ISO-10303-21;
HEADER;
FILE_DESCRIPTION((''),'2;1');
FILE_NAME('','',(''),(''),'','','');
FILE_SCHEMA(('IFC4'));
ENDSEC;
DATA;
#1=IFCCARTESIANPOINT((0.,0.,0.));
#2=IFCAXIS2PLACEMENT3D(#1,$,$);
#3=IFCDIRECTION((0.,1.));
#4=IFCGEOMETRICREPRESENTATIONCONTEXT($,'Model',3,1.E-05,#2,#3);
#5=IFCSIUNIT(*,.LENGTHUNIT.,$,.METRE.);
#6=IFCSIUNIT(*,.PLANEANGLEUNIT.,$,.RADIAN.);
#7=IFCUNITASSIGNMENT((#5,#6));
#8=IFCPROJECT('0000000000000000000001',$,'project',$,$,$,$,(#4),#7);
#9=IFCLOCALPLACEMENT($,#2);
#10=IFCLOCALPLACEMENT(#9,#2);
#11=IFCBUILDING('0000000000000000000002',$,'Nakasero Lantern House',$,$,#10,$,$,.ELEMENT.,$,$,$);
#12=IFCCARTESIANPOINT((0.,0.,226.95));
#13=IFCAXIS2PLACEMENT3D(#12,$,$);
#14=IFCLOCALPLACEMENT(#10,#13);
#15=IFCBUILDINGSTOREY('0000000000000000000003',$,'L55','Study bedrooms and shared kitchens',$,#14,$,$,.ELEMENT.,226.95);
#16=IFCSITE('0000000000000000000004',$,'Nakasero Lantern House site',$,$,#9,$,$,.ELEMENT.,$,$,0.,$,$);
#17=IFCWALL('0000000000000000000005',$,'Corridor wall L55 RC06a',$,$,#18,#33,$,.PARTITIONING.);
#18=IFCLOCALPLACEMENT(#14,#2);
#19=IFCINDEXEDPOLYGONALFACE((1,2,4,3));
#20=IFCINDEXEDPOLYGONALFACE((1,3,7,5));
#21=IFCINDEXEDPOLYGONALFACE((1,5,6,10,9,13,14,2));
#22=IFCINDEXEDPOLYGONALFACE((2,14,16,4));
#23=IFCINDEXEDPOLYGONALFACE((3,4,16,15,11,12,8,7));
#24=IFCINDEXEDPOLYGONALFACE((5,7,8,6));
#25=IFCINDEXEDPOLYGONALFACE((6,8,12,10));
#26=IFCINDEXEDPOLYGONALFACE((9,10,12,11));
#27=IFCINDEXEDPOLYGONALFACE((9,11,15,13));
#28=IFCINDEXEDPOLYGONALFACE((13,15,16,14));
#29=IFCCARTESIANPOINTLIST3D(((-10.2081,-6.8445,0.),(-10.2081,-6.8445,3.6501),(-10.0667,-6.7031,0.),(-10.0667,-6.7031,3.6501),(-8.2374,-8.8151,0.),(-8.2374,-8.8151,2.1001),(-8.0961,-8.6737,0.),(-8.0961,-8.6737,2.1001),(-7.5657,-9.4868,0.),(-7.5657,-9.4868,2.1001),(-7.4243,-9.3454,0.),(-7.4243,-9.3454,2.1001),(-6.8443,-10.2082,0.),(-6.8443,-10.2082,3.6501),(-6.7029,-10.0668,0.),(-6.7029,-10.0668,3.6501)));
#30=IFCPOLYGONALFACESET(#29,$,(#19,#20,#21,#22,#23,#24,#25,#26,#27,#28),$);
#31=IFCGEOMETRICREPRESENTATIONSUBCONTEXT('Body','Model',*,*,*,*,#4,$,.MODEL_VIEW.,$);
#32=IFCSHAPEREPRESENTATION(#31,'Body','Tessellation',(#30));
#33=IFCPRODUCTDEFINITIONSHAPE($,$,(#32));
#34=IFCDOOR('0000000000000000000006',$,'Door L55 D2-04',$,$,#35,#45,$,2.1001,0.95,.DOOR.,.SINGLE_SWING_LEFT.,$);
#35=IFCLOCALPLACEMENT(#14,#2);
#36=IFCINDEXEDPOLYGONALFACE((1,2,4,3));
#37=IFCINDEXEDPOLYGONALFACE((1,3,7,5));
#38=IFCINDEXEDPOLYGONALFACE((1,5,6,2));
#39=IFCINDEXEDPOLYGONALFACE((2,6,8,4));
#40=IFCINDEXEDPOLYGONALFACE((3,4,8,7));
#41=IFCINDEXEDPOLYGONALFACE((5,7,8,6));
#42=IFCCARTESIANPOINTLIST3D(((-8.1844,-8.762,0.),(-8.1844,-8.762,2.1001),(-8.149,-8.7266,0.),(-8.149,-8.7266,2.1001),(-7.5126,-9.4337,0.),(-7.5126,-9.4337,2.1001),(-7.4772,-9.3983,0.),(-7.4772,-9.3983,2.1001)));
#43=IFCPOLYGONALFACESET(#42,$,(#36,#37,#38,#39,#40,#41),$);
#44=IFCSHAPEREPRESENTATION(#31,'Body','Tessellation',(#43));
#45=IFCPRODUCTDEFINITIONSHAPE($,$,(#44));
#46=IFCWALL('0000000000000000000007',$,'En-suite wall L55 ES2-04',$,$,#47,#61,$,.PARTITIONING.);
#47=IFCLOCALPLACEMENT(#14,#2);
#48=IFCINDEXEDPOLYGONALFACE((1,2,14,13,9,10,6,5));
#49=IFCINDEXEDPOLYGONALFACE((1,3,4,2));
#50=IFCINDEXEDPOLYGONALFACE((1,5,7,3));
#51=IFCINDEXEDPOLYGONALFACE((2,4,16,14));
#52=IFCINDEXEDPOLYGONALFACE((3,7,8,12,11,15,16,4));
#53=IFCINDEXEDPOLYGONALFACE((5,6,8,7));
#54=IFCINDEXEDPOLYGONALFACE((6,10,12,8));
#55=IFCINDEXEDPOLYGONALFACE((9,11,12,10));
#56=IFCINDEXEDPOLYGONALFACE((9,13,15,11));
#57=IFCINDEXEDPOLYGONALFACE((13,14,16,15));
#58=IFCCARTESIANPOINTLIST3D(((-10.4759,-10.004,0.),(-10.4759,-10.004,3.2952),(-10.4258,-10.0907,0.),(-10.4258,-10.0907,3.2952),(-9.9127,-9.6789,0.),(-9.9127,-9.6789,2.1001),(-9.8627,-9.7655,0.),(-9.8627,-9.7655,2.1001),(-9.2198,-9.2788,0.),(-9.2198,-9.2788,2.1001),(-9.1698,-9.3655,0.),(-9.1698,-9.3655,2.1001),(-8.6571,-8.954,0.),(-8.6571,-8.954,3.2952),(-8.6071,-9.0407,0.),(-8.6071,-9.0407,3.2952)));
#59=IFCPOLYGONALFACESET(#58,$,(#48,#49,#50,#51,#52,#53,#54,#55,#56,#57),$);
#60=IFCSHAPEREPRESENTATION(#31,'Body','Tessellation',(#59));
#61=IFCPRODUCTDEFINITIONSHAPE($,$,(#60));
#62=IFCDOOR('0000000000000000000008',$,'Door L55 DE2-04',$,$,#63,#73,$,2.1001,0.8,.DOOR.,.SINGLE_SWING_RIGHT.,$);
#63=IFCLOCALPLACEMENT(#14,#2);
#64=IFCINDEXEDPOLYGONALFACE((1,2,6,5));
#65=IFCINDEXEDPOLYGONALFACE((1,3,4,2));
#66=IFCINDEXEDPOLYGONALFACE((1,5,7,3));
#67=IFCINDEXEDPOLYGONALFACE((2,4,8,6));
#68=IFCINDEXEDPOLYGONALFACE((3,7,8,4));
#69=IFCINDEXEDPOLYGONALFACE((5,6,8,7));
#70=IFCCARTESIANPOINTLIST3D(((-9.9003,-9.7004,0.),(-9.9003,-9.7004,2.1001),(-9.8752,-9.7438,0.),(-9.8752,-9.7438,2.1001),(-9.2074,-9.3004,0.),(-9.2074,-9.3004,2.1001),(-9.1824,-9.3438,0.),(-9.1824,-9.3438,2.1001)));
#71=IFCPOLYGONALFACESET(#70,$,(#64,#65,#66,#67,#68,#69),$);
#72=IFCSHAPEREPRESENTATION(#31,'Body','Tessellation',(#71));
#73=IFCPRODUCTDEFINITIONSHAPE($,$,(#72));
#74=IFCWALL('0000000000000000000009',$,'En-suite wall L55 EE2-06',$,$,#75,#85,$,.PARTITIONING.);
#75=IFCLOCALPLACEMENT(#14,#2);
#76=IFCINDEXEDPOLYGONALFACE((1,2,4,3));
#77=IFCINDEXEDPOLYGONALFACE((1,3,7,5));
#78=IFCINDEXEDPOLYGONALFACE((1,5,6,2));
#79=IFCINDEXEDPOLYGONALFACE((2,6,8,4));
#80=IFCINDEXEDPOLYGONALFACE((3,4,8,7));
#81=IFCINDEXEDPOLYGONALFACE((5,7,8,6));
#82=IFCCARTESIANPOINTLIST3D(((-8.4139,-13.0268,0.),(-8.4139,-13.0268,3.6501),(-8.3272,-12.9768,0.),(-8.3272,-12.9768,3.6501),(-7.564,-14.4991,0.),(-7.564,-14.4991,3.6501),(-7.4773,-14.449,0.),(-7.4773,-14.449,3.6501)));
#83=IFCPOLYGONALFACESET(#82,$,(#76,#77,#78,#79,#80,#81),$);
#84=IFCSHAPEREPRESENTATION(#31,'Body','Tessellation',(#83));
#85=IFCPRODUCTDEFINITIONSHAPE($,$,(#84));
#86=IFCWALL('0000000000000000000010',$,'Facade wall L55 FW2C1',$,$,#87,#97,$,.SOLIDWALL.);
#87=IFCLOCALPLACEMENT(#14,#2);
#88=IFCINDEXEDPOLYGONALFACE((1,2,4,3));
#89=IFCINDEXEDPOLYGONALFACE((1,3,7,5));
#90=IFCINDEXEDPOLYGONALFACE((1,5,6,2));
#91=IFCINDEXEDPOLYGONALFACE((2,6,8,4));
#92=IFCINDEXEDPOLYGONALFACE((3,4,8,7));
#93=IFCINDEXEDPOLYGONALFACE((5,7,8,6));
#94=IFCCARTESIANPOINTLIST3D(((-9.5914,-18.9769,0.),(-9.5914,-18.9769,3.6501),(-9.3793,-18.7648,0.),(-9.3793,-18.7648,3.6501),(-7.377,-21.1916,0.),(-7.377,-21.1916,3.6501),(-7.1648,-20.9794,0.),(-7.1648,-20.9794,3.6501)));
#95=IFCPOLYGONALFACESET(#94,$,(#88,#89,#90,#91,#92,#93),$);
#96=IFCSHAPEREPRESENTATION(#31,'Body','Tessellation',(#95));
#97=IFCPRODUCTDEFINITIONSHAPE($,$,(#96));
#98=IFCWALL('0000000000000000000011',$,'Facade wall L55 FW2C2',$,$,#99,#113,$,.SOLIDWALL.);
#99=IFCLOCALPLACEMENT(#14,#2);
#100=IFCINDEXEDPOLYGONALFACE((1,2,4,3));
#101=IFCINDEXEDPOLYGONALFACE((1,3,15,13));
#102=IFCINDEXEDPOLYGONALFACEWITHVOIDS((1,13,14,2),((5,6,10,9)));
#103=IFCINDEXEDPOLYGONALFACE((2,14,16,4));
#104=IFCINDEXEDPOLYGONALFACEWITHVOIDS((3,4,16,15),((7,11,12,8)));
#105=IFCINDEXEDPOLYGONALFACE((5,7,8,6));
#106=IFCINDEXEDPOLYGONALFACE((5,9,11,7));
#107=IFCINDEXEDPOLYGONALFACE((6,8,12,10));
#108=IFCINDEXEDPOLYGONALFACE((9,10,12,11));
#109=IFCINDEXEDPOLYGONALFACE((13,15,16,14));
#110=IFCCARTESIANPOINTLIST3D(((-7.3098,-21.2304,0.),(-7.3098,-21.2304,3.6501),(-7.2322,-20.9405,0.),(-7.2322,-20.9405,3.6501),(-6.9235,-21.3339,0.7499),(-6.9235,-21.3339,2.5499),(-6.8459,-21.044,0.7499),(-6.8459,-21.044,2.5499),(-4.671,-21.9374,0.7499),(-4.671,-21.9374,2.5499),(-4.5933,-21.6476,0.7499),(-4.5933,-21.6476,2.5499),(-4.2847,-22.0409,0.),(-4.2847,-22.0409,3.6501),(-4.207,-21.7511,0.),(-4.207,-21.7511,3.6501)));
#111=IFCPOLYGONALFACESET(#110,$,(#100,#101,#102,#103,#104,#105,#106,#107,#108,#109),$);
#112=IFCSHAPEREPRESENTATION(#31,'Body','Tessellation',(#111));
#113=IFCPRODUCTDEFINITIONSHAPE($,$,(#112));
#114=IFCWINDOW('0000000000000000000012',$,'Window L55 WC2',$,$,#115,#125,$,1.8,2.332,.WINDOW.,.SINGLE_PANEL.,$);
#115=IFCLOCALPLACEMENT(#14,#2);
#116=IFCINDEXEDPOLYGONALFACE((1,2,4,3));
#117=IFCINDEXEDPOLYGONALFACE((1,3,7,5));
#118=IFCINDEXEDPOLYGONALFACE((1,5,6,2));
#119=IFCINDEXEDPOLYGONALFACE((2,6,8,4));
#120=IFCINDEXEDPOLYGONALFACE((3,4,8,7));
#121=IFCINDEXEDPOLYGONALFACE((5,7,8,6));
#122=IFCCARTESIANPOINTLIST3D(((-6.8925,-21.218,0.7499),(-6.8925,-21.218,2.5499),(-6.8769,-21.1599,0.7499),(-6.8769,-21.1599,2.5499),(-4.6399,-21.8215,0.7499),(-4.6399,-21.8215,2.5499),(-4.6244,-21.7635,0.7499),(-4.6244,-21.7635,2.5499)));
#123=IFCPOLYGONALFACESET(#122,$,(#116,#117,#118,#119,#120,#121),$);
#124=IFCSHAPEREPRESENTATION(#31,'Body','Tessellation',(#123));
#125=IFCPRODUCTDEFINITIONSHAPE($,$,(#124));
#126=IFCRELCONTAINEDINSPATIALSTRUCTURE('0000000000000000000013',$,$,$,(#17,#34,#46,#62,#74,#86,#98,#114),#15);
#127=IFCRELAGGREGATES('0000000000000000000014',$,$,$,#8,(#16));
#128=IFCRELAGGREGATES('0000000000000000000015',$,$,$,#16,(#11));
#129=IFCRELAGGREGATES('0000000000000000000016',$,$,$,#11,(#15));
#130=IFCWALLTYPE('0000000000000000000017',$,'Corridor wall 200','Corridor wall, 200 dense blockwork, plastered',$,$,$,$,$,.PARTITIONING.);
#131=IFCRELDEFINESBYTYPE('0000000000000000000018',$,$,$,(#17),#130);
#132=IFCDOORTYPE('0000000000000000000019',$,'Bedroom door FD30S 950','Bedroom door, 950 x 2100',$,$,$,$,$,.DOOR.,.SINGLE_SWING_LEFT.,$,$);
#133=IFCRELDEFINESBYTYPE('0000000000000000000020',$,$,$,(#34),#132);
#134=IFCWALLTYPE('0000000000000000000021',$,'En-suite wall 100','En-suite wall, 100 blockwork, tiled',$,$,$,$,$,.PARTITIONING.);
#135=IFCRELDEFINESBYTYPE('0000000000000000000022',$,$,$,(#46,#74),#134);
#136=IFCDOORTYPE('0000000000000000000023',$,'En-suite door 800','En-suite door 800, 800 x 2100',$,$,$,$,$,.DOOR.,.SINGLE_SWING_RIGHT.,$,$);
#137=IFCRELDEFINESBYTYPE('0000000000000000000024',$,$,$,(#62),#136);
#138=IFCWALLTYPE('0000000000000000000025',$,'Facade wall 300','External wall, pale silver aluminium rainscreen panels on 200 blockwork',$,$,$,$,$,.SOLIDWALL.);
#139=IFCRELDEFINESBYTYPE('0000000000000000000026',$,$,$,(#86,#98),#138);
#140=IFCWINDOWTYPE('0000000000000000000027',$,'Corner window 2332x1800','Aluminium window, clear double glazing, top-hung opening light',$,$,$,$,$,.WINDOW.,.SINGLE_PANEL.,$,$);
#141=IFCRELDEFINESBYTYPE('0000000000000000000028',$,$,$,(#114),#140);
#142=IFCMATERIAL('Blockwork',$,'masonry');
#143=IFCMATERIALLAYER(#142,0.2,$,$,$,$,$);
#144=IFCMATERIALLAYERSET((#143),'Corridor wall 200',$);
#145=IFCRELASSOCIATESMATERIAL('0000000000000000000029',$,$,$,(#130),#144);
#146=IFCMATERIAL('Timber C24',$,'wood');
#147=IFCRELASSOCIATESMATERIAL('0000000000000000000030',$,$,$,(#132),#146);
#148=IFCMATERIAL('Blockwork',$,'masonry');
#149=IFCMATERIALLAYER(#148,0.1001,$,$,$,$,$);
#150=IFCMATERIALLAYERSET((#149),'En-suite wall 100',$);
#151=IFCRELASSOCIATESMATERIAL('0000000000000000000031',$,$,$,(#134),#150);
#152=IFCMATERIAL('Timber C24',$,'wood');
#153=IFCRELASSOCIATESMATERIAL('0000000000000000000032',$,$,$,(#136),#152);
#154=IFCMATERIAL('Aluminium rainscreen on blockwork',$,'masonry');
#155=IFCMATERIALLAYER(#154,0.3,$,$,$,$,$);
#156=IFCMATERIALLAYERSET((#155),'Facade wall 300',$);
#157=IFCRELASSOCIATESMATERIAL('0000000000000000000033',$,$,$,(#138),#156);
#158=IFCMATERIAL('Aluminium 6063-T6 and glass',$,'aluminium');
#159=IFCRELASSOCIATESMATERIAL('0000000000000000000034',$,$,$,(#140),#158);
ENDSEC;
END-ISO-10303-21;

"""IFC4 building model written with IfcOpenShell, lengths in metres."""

from ifc_helpers import new_model, si_unit, direction, frame, frame_2d, origin, place, context, subcontext, project, spatial, rectangle, extrude, material, layer, layer_set, type_object, element, fill, save


model = new_model("IFC4")

# Units and contexts
model_context = context("Model", 3, precision=1e-05, world=origin(), true_north=direction((0.0, 1.0)))
body_context = subcontext(model_context, "Body", "Model", "MODEL_VIEW")
ifc_project = project(units=[si_unit("LENGTHUNIT", "METRE"), si_unit("PLANEANGLEUNIT", "RADIAN")], contexts=[model_context])

# Site, building, storey
site_placement = place(None, origin())
site = spatial("IfcSite", under=ifc_project, at=site_placement, Name="Nakasero Lantern House site", CompositionType="ELEMENT", RefElevation=0.0)
building_placement = place(site_placement, origin())
building = spatial("IfcBuilding", under=site, at=building_placement, Name="Nakasero Lantern House", CompositionType="ELEMENT")
storey_placement = place(building_placement, frame((0.0, 0.0, 226.95)))
storey = spatial("IfcBuildingStorey", under=building, at=storey_placement, Name="L55", Description="Study bedrooms and shared kitchens", CompositionType="ELEMENT", Elevation=226.95)

# Walls, openings, doors
ifc_material_1 = material(Name="Blockwork", Category="masonry")
ifc_layer_1 = layer(ifc_material_1, 0.2)
ifc_layer_set_1 = layer_set([ifc_layer_1], Name="Corridor wall 200")
wall_type_1 = type_object("IfcWallType", Name="Corridor wall 200", Description="Corridor wall, 200 dense blockwork, plastered", PredefinedType="PARTITIONING", material=ifc_layer_set_1)
wall_1_placement = place(storey_placement, frame((-6.7737, -10.1375, 0.0), z_axis=(0.0, 0.0, 1.0), x_axis=(-0.707107, 0.707107, 0.0)))
wall_1 = element("IfcWall", 1, at=wall_1_placement, inside=storey, type_object=wall_type_1, Name="Corridor wall L55 RC06a", PredefinedType="PARTITIONING", context=body_context, shape_type="SweptSolid", body=[
    extrude(rectangle(XDim=4.7571, YDim=0.2, at=frame_2d((2.3784, 0.0))), origin(), (0.0, 0.0, 1.0), 3.6501),
])
opening_1_placement = place(wall_1_placement, frame((1.02, 0.0, 0.0)))
opening_1 = element("IfcOpeningElement", 2, at=opening_1_placement, cuts=wall_1, PredefinedType="OPENING", context=body_context, shape_type="SweptSolid", body=[
    extrude(rectangle(XDim=0.95, YDim=2.1001, at=frame_2d((0.4751, 1.05))), frame((0.0, 0.1199, 0.0), z_axis=(0.0, -1.0, 0.0), x_axis=(1.0, 0.0, 0.0)), (0.0, 0.0, 1.0), 0.24),
])
ifc_material_2 = material(Name="Timber C24", Category="wood")
door_type_1 = type_object("IfcDoorType", Name="Bedroom door FD30S 950", Description="Bedroom door, 950 x 2100", OperationType="SINGLE_SWING_LEFT", PredefinedType="DOOR", material=ifc_material_2)
door_1_placement = place(opening_1_placement, origin())
door_1 = element("IfcDoor", 3, at=door_1_placement, inside=storey, type_object=door_type_1, Name="Door L55 D2-04", OperationType="SINGLE_SWING_LEFT", OverallHeight=2.1001, OverallWidth=0.95, PredefinedType="DOOR", context=body_context, shape_type="SweptSolid", body=[
    extrude(rectangle(XDim=0.95, YDim=2.1001, at=frame_2d((0.4751, 1.05))), frame((0.0, 0.0249, 0.0), z_axis=(0.0, -1.0, 0.0), x_axis=(1.0, 0.0, 0.0)), (0.0, 0.0, 1.0), 0.05),
])
fill(opening_1, door_1)
ifc_material_3 = material(Name="Blockwork", Category="masonry")
ifc_layer_2 = layer(ifc_material_3, 0.1001)
ifc_layer_set_2 = layer_set([ifc_layer_2], Name="En-suite wall 100")
wall_type_2 = type_object("IfcWallType", Name="En-suite wall 100", Description="En-suite wall, 100 blockwork, tiled", PredefinedType="PARTITIONING", material=ifc_layer_set_2)
wall_2_placement = place(storey_placement, frame((-8.6321, -8.9973, 0.0), z_axis=(0.0, 0.0, 1.0), x_axis=(-0.866038, -0.499977, 0.0)))
wall_2 = element("IfcWall", 4, at=wall_2_placement, inside=storey, type_object=wall_type_2, Name="En-suite wall L55 ES2-04", PredefinedType="PARTITIONING", context=body_context, shape_type="SweptSolid", body=[
    extrude(rectangle(XDim=2.1001, YDim=0.1001, at=frame_2d((1.05, 0.0))), origin(), (0.0, 0.0, 1.0), 3.2952),
])
opening_2_placement = place(wall_2_placement, frame((0.6499, 0.0, 0.0)))
opening_2 = element("IfcOpeningElement", 5, at=opening_2_placement, cuts=wall_2, PredefinedType="OPENING", context=body_context, shape_type="SweptSolid", body=[
    extrude(rectangle(XDim=0.8, YDim=2.1001, at=frame_2d((0.3999, 1.05))), frame((0.0, 0.0701, 0.0), z_axis=(0.0, -1.0, 0.0), x_axis=(1.0, 0.0, 0.0)), (0.0, 0.0, 1.0), 0.1401),
])
ifc_material_4 = material(Name="Timber C24", Category="wood")
door_type_2 = type_object("IfcDoorType", Name="En-suite door 800", Description="En-suite door 800, 800 x 2100", OperationType="SINGLE_SWING_RIGHT", PredefinedType="DOOR", material=ifc_material_4)
door_2_placement = place(opening_2_placement, origin())
door_2 = element("IfcDoor", 6, at=door_2_placement, inside=storey, type_object=door_type_2, Name="Door L55 DE2-04", OperationType="SINGLE_SWING_RIGHT", OverallHeight=2.1001, OverallWidth=0.8, PredefinedType="DOOR", context=body_context, shape_type="SweptSolid", body=[
    extrude(rectangle(XDim=0.8, YDim=2.1001, at=frame_2d((0.3999, 1.05))), frame((0.0, 0.0249, 0.0), z_axis=(0.0, -1.0, 0.0), x_axis=(1.0, 0.0, 0.0)), (0.0, 0.0, 1.0), 0.05),
])
fill(opening_2, door_2)

# Walls
wall_3_placement = place(storey_placement, frame((-8.3706, -13.0017, 0.0), z_axis=(0.0, 0.0, 1.0), x_axis=(0.499955, -0.866052, 0.0)))
element("IfcWall", 7, at=wall_3_placement, inside=storey, type_object=wall_type_2, Name="En-suite wall L55 EE2-06", PredefinedType="PARTITIONING", context=body_context, shape_type="SweptSolid", body=[
    extrude(rectangle(XDim=1.7, YDim=0.1001, at=frame_2d((0.8501, 0.0))), origin(), (0.0, 0.0, 1.0), 3.6501),
])
ifc_material_5 = material(Name="Aluminium rainscreen on blockwork", Category="masonry")
ifc_layer_3 = layer(ifc_material_5, 0.3)
ifc_layer_set_3 = layer_set([ifc_layer_3], Name="Facade wall 300")
wall_type_3 = type_object("IfcWallType", Name="Facade wall 300", Description="External wall, pale silver aluminium rainscreen panels on 200 blockwork", PredefinedType="SOLIDWALL", material=ifc_layer_set_3)
wall_4_placement = place(storey_placement, frame((-9.4854, -18.8708, 0.0), z_axis=(0.0, 0.0, 1.0), x_axis=(0.707068, -0.707146, 0.0)))
element("IfcWall", 8, at=wall_4_placement, inside=storey, type_object=wall_type_3, Name="Facade wall L55 FW2C1", PredefinedType="SOLIDWALL", context=body_context, shape_type="SweptSolid", body=[
    extrude(rectangle(XDim=3.1318, YDim=0.3, at=frame_2d((1.5659, 0.0))), origin(), (0.0, 0.0, 1.0), 3.6501),
])

# Wall, opening, window
wall_5_placement = place(storey_placement, frame((-7.271, -21.0854, 0.0), z_axis=(0.0, 0.0, 1.0), x_axis=(0.965929, -0.258808, 0.0)))
wall_5 = element("IfcWall", 9, at=wall_5_placement, inside=storey, type_object=wall_type_3, Name="Facade wall L55 FW2C2", PredefinedType="SOLIDWALL", context=body_context, shape_type="SweptSolid", body=[
    extrude(rectangle(XDim=3.1318, YDim=0.3, at=frame_2d((1.5659, 0.0))), origin(), (0.0, 0.0, 1.0), 3.6501),
])
opening_3_placement = place(wall_5_placement, frame((0.3999, 0.0, 0.75)))
opening_3 = element("IfcOpeningElement", 10, at=opening_3_placement, cuts=wall_5, PredefinedType="OPENING", context=body_context, shape_type="SweptSolid", body=[
    extrude(rectangle(XDim=2.332, YDim=1.8, at=frame_2d((1.166, 0.8999))), frame((0.0, 0.1699, 0.0), z_axis=(0.0, -1.0, 0.0), x_axis=(1.0, 0.0, 0.0)), (0.0, 0.0, 1.0), 0.3401),
])
ifc_material_6 = material(Name="Aluminium 6063-T6 and glass", Category="aluminium")
window_type = type_object("IfcWindowType", Name="Corner window 2332x1800", Description="Aluminium window, clear double glazing, top-hung opening light", PartitioningType="SINGLE_PANEL", PredefinedType="WINDOW", material=ifc_material_6)
window_placement = place(opening_3_placement, origin())
window = element("IfcWindow", 11, at=window_placement, inside=storey, type_object=window_type, Name="Window L55 WC2", OverallHeight=1.8, OverallWidth=2.332, PartitioningType="SINGLE_PANEL", PredefinedType="WINDOW", context=body_context, shape_type="SweptSolid", body=[
    extrude(rectangle(XDim=2.332, YDim=1.8, at=frame_2d((1.166, 0.8999))), frame((0.0, 0.03, 0.0), z_axis=(0.0, -1.0, 0.0), x_axis=(1.0, 0.0, 0.0)), (0.0, 0.0, 1.0), 0.0601),
])
fill(opening_3, window)

save(model, "model.ifc")
